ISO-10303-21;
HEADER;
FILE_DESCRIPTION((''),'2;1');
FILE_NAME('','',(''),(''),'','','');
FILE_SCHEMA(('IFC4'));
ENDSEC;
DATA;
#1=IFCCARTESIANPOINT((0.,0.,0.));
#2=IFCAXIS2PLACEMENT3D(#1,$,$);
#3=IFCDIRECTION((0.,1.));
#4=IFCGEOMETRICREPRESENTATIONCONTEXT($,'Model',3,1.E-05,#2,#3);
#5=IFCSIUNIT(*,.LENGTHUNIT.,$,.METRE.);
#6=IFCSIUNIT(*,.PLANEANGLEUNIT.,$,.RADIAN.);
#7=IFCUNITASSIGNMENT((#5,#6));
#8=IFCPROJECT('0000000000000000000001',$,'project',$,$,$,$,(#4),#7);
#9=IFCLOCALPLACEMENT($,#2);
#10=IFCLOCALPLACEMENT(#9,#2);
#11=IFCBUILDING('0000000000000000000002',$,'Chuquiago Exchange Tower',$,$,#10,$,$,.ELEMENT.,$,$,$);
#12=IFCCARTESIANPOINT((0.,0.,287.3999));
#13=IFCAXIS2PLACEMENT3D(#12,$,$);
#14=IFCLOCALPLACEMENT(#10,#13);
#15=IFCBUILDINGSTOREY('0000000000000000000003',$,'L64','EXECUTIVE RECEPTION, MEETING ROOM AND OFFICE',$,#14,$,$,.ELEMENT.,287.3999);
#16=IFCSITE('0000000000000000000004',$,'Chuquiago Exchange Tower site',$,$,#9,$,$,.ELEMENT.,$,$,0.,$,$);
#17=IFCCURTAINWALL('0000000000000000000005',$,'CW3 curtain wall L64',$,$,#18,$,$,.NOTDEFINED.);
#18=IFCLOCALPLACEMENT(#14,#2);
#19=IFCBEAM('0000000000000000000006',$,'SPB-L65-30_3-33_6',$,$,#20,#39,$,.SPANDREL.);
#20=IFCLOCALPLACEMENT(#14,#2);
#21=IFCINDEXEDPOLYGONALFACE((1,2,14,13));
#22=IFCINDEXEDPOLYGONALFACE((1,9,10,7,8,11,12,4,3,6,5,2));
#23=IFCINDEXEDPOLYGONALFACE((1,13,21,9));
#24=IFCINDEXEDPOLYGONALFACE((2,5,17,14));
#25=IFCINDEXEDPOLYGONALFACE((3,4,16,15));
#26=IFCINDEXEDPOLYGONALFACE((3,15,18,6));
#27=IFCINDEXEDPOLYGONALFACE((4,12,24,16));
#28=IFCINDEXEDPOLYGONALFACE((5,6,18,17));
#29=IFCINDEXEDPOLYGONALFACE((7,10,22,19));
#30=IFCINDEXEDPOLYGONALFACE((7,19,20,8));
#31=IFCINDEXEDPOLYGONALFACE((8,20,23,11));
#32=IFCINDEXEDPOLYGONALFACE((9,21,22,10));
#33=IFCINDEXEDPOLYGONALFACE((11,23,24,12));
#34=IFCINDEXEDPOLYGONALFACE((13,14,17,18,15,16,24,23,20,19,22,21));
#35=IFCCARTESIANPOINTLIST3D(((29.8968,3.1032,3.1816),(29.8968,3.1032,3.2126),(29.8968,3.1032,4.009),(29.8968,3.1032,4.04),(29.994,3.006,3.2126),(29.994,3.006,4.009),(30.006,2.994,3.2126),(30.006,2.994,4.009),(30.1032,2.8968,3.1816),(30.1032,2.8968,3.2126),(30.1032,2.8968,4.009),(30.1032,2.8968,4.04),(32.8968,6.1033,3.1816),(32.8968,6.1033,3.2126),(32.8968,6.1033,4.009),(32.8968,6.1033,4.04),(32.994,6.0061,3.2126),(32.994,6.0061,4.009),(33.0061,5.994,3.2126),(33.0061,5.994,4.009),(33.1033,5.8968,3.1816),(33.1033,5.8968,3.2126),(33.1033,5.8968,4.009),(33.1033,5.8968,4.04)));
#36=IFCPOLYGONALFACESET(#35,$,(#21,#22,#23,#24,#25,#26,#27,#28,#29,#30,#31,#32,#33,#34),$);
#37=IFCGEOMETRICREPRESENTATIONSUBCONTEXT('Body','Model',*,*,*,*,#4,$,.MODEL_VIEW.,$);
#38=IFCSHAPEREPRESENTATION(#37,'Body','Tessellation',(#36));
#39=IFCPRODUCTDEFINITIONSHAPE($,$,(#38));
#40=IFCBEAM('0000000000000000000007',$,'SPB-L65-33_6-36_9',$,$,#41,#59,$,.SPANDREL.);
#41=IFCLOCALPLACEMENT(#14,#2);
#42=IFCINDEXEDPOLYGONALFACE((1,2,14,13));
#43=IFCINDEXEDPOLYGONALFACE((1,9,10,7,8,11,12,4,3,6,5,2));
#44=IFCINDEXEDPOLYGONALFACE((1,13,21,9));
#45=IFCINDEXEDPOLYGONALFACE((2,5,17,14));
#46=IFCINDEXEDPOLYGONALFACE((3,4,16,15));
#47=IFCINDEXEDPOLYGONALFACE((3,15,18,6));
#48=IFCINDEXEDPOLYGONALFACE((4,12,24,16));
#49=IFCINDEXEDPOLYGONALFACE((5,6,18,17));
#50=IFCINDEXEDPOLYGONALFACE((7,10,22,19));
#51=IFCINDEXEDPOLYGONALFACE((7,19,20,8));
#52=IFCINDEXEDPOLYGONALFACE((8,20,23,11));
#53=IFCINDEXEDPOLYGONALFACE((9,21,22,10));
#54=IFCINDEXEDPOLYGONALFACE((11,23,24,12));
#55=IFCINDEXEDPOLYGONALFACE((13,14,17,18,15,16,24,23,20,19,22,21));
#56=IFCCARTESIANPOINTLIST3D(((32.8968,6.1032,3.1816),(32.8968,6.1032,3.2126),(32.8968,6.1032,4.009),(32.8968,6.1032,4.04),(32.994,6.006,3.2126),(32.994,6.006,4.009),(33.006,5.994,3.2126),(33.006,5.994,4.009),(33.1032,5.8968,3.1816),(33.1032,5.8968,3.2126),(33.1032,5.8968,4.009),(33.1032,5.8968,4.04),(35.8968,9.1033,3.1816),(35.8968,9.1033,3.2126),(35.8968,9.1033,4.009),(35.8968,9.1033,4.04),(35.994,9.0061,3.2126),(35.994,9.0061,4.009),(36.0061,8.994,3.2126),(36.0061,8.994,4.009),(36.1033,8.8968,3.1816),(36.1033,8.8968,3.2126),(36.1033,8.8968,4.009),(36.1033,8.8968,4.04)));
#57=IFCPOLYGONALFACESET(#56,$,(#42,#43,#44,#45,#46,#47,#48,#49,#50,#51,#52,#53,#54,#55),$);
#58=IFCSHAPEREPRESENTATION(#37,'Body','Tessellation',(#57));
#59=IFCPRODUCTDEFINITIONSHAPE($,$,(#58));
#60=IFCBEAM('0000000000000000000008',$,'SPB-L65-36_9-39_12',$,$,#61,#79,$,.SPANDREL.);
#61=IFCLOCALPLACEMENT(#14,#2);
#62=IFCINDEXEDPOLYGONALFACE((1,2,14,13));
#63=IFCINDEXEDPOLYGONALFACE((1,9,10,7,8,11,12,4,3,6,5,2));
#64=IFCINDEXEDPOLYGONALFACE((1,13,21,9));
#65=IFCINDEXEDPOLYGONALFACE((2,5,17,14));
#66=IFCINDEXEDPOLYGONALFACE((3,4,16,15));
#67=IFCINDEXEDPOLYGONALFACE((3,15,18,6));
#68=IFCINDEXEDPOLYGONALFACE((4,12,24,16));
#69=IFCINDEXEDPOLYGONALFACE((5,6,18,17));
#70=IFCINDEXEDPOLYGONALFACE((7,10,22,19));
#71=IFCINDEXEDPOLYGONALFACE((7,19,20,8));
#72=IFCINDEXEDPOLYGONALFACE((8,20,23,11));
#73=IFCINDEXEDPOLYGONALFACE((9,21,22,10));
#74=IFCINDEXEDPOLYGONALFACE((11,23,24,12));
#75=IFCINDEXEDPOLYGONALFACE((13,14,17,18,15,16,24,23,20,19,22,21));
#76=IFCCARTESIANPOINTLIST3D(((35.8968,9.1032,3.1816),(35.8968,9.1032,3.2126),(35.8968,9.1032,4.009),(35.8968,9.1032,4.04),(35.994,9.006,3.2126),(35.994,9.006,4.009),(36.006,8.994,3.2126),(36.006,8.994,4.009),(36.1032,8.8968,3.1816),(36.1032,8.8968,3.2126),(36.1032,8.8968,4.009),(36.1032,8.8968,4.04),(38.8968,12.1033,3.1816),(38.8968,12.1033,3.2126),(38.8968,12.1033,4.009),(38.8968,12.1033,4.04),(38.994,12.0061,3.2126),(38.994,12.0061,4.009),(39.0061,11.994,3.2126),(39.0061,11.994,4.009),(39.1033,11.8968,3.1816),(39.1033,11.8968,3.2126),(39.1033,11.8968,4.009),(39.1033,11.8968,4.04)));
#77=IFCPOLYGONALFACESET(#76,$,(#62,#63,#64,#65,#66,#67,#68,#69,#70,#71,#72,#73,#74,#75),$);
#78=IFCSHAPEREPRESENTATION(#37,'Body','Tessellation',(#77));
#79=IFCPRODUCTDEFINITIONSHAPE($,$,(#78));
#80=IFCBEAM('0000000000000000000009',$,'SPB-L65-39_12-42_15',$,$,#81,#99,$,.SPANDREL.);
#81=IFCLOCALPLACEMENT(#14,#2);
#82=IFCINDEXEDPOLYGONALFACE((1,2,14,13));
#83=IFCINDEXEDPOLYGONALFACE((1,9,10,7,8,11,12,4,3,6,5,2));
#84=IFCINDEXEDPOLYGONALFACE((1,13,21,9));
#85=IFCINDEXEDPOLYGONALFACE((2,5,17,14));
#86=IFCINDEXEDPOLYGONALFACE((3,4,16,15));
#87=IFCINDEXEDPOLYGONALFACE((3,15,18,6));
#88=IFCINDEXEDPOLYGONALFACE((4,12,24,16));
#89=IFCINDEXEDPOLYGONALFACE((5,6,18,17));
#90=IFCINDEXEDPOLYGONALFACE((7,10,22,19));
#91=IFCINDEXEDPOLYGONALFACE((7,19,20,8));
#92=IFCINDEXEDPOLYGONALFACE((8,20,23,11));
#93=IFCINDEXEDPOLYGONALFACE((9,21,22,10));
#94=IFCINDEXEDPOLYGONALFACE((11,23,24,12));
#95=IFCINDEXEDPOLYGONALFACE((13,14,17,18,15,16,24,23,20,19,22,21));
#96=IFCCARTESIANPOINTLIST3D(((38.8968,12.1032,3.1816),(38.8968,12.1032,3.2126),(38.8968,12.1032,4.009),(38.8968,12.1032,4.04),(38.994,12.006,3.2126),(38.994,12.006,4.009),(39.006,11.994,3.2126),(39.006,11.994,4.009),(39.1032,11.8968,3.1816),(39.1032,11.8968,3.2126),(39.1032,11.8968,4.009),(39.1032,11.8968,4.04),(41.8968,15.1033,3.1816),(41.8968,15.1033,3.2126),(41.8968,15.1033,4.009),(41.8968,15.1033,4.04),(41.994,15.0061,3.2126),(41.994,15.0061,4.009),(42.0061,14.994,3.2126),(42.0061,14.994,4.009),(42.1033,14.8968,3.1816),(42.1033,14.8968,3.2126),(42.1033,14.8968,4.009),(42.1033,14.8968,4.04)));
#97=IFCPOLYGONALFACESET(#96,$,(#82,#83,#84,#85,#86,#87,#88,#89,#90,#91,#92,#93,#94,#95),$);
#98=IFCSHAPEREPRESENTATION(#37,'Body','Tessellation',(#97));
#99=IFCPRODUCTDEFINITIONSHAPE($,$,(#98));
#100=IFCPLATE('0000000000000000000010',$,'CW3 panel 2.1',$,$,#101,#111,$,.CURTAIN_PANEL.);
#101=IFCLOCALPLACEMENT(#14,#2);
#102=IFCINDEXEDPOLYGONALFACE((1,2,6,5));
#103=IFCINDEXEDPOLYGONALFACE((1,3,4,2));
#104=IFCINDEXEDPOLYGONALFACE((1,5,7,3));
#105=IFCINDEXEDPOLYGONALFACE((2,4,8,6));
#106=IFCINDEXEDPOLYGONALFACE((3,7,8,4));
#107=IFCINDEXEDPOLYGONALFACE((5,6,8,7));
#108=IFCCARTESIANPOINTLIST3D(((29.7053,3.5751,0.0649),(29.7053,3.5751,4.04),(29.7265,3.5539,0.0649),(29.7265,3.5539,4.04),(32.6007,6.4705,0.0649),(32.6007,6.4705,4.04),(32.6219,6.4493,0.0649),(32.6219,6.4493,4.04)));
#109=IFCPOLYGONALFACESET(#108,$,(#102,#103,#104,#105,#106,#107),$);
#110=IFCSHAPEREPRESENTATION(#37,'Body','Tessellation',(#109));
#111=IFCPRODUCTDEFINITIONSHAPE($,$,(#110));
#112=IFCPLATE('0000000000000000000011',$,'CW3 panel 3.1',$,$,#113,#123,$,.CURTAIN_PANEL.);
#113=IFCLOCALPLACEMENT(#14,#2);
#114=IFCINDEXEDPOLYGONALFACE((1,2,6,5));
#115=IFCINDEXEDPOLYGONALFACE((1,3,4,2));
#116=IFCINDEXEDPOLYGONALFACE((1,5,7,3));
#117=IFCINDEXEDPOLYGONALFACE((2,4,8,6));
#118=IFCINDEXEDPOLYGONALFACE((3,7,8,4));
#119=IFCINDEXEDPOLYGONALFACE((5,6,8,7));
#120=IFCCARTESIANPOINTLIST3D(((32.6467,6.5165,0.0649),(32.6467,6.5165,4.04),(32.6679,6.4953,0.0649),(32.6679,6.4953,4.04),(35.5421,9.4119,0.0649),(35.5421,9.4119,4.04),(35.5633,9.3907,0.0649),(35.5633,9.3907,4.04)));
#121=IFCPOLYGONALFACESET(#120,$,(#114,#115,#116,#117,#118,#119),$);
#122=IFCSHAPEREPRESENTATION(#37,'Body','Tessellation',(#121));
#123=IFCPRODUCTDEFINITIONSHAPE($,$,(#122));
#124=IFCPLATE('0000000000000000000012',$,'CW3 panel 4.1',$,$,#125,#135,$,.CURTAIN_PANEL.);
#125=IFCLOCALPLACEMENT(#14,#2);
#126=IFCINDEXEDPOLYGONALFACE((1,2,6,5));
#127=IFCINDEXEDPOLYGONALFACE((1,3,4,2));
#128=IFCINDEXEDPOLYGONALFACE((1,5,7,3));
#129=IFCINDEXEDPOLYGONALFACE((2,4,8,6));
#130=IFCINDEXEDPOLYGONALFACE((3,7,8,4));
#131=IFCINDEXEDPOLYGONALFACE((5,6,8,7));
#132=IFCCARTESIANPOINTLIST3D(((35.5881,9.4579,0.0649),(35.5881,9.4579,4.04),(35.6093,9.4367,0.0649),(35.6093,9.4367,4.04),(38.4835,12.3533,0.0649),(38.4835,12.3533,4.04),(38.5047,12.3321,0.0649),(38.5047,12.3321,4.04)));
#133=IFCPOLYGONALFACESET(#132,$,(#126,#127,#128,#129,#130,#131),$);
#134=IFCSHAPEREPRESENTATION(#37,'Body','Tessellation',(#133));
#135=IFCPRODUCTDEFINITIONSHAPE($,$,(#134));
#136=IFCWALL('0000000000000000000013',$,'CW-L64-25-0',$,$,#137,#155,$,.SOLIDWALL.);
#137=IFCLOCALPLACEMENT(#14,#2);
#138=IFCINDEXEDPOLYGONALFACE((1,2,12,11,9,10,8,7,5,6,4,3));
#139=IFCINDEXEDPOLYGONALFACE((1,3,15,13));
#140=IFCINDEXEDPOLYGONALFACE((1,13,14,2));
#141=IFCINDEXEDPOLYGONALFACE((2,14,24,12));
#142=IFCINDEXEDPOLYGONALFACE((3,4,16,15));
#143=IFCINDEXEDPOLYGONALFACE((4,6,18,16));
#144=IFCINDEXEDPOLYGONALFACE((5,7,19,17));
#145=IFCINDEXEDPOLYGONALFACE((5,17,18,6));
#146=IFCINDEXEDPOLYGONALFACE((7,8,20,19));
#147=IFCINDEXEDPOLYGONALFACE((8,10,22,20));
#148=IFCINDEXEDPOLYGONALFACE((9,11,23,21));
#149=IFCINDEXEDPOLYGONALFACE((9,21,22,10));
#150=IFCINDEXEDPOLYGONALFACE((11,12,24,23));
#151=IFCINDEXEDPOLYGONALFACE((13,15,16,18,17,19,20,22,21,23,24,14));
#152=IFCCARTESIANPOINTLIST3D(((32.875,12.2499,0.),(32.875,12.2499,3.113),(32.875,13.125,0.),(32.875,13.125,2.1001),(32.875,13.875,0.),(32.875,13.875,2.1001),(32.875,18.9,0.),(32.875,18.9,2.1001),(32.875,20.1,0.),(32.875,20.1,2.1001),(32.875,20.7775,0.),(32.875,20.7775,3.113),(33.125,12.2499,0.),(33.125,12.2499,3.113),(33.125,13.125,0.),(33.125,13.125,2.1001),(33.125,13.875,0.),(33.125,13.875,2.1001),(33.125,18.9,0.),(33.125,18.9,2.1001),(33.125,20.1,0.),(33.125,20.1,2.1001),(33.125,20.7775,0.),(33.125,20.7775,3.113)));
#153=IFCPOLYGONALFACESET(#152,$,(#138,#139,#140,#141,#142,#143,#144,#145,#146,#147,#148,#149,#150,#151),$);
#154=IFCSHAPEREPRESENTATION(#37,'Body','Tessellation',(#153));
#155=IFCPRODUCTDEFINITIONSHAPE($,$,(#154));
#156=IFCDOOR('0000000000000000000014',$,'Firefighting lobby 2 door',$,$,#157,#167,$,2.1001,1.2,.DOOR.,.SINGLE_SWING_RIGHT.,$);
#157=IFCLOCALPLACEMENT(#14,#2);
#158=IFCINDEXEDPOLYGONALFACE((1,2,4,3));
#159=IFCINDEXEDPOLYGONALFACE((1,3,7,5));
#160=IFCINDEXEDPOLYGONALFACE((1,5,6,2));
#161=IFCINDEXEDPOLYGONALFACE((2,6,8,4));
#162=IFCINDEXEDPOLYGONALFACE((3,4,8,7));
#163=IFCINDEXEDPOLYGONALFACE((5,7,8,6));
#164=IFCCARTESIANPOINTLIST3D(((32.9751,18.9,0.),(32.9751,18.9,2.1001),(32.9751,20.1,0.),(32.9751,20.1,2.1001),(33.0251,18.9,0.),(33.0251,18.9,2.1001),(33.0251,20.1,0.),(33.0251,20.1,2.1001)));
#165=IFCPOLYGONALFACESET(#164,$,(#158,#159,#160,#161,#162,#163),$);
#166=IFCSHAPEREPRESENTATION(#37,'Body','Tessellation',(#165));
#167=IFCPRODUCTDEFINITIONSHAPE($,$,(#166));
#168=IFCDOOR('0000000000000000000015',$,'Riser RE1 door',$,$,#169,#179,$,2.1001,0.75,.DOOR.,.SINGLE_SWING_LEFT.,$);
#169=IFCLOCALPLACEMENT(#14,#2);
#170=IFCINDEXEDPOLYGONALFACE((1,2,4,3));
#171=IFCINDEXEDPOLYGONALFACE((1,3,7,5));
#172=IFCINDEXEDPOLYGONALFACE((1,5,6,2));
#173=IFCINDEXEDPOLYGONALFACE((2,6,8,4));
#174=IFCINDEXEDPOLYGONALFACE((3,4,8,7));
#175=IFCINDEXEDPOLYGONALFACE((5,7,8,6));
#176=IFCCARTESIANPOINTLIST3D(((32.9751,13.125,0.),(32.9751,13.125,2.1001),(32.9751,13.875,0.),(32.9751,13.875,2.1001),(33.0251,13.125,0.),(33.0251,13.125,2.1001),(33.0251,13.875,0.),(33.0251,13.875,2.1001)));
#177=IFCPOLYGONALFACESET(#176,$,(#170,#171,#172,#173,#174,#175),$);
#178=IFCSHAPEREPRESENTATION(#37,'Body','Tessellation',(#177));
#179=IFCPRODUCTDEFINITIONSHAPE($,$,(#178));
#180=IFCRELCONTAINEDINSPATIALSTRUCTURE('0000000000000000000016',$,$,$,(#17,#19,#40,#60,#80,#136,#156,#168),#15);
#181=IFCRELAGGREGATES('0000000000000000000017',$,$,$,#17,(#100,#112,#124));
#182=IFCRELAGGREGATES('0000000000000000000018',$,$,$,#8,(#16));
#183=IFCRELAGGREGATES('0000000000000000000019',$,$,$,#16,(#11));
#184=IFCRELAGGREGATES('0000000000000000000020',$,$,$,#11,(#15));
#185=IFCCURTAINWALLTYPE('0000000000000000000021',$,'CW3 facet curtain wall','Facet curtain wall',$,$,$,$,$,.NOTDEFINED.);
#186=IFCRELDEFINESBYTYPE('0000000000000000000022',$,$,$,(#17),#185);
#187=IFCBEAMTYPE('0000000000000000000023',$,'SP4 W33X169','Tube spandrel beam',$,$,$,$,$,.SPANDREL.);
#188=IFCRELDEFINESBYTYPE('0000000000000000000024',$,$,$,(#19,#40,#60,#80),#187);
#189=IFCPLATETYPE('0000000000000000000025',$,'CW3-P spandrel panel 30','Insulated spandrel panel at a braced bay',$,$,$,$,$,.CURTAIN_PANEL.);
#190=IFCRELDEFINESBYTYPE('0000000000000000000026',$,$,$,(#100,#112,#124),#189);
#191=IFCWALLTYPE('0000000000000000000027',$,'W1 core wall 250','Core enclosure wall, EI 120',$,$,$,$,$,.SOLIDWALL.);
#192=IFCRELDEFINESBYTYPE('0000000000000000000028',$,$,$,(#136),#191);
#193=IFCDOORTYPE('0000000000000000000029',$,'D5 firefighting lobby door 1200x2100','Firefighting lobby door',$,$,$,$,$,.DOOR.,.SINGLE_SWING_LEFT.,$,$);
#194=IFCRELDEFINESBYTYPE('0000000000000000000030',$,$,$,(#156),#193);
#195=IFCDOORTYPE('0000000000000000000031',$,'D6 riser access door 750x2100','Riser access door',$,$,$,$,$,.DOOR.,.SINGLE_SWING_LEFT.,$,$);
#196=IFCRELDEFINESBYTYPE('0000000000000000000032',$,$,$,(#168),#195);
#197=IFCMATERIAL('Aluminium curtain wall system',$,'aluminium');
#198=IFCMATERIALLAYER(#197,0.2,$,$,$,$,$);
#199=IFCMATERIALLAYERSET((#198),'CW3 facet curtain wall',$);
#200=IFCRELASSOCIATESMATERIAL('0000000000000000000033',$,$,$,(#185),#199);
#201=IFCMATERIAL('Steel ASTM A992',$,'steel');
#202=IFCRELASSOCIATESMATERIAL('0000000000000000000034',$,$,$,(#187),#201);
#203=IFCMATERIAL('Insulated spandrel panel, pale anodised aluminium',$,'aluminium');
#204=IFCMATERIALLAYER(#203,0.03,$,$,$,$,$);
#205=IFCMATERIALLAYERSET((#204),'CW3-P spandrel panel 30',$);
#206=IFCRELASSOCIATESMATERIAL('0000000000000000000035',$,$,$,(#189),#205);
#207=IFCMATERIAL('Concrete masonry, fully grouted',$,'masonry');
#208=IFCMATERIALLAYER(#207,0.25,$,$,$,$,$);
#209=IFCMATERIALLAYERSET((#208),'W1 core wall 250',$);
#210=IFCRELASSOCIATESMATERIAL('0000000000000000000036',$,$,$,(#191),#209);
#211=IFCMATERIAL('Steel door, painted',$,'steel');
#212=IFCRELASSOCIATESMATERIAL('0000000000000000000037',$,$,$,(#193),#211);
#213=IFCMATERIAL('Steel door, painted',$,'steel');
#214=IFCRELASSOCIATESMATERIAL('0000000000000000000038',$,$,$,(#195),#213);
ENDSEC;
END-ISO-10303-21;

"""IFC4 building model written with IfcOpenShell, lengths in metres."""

from ifc_helpers import new_model, si_unit, direction, frame, frame_2d, origin, origin_2d, place, context, subcontext, project, spatial, rectangle, i_section, extrude, material, layer, layer_set, material_profile, profile_set, type_object, element, fill, aggregate, save


model = new_model("IFC4")

# Units and contexts
model_context = context("Model", 3, precision=1e-05, world=origin(), true_north=direction((0.0, 1.0)))
body_context = subcontext(model_context, "Body", "Model", "MODEL_VIEW")
ifc_project = project(units=[si_unit("LENGTHUNIT", "METRE"), si_unit("PLANEANGLEUNIT", "RADIAN")], contexts=[model_context])

# Site, building, storey
site_placement = place(None, origin())
site = spatial("IfcSite", under=ifc_project, at=site_placement, Name="Chuquiago Exchange Tower site", CompositionType="ELEMENT", RefElevation=0.0)
building_placement = place(site_placement, origin())
building = spatial("IfcBuilding", under=site, at=building_placement, Name="Chuquiago Exchange Tower", CompositionType="ELEMENT")
storey_placement = place(building_placement, frame((0.0, 0.0, 287.3999)))
storey = spatial("IfcBuildingStorey", under=building, at=storey_placement, Name="L64", Description="EXECUTIVE RECEPTION, MEETING ROOM AND OFFICE", CompositionType="ELEMENT", Elevation=287.3999)

# Curtain wall
ifc_material_1 = material(Name="Aluminium curtain wall system", Category="aluminium")
ifc_layer_1 = layer(ifc_material_1, 0.2)
ifc_layer_set_1 = layer_set([ifc_layer_1], Name="CW3 facet curtain wall")
curtain_wall_type = type_object("IfcCurtainWallType", Name="CW3 facet curtain wall", Description="Facet curtain wall", PredefinedType="NOTDEFINED", material=ifc_layer_set_1)
curtain_wall_placement = place(storey_placement, origin())
curtain_wall = element("IfcCurtainWall", 1, at=curtain_wall_placement, inside=storey, type_object=curtain_wall_type, Name="CW3 curtain wall L64", PredefinedType="NOTDEFINED")

# Beams
ifc_material_2 = material(Name="Steel ASTM A992", Category="steel")
ifc_material_profile_1 = material_profile(ifc_material_2, i_section(OverallWidth=0.292, OverallDepth=0.8584, WebThickness=0.0171, FlangeThickness=0.031, at=origin_2d()), Name="W33X169")
ifc_profile_set_1 = profile_set([ifc_material_profile_1], Name="Steel ASTM A992")
beam_type_1 = type_object("IfcBeamType", Name="SP4 W33X169", Description="Tube spandrel beam", PredefinedType="SPANDREL", material=ifc_profile_set_1)
for number, where, z_axis, x_axis, name in (
    (2, (30.0, 3.0, 3.6108), (0.707107, 0.707107, 0.0), (-0.707107, 0.707107, 0.0), "SPB-L65-30_3-33_6"),
    (3, (33.0, 6.0, 3.6108), (0.707107, 0.707107, 0.0), (-0.707107, 0.707107, 0.0), "SPB-L65-33_6-36_9"),
    (4, (36.0, 9.0, 3.6108), (0.707107, 0.707107, 0.0), (-0.707107, 0.707107, 0.0), "SPB-L65-36_9-39_12"),
    (5, (39.0, 12.0, 3.6108), (0.707107, 0.707107, 0.0), (-0.707107, 0.707107, 0.0), "SPB-L65-39_12-42_15"),
):
    element("IfcBeam", number, at=place(storey_placement, frame(where, z_axis=z_axis, x_axis=x_axis)), inside=storey, type_object=beam_type_1, Name=name, PredefinedType="SPANDREL", context=body_context, shape_type="SweptSolid", body=[
        extrude(i_section(OverallWidth=0.292, OverallDepth=0.8584, WebThickness=0.0171, FlangeThickness=0.031, at=origin_2d()), origin(), (0.0, 0.0, 1.0), 4.2427),
    ])

# Plates
ifc_material_3 = material(Name="Insulated spandrel panel, pale anodised aluminium", Category="aluminium")
ifc_layer_2 = layer(ifc_material_3, 0.03)
ifc_layer_set_2 = layer_set([ifc_layer_2], Name="CW3-P spandrel panel 30")
plate_type = type_object("IfcPlateType", Name="CW3-P spandrel panel 30", Description="Insulated spandrel panel at a braced bay", PredefinedType="CURTAIN_PANEL", material=ifc_layer_set_2)
plate_1_placement = place(storey_placement, frame((31.1636, 5.0122, 0.0649), z_axis=(0.0, 0.0, 1.0), x_axis=(0.707107, 0.707107, 0.0)))
plate_1 = element("IfcPlate", 6, at=plate_1_placement, type_object=plate_type, Name="CW3 panel 2.1", PredefinedType="CURTAIN_PANEL", context=body_context, shape_type="SweptSolid", body=[
    extrude(rectangle(XDim=4.0947, YDim=0.03, at=origin_2d()), origin(), (0.0, 0.0, 1.0), 3.9751),
])
plate_2_placement = place(storey_placement, frame((34.105, 7.9536, 0.0649), z_axis=(0.0, 0.0, 1.0), x_axis=(0.707107, 0.707107, 0.0)))
plate_2 = element("IfcPlate", 7, at=plate_2_placement, type_object=plate_type, Name="CW3 panel 3.1", PredefinedType="CURTAIN_PANEL", context=body_context, shape_type="SweptSolid", body=[
    extrude(rectangle(XDim=4.0947, YDim=0.03, at=origin_2d()), origin(), (0.0, 0.0, 1.0), 3.9751),
])
plate_3_placement = place(storey_placement, frame((37.0464, 10.895, 0.0649), z_axis=(0.0, 0.0, 1.0), x_axis=(0.707107, 0.707107, 0.0)))
plate_3 = element("IfcPlate", 8, at=plate_3_placement, type_object=plate_type, Name="CW3 panel 4.1", PredefinedType="CURTAIN_PANEL", context=body_context, shape_type="SweptSolid", body=[
    extrude(rectangle(XDim=4.0947, YDim=0.03, at=origin_2d()), origin(), (0.0, 0.0, 1.0), 3.9751),
])
aggregate(curtain_wall, [plate_1, plate_2, plate_3])

# Wall, openings, doors
ifc_material_4 = material(Name="Concrete masonry, fully grouted", Category="masonry")
ifc_layer_3 = layer(ifc_material_4, 0.25)
ifc_layer_set_3 = layer_set([ifc_layer_3], Name="W1 core wall 250")
wall_type_1 = type_object("IfcWallType", Name="W1 core wall 250", Description="Core enclosure wall, EI 120", PredefinedType="SOLIDWALL", material=ifc_layer_set_3)
wall_1_placement = place(storey_placement, frame((33.0, 12.25, 0.0), z_axis=(0.0, 0.0, 1.0), x_axis=(0.0, 1.0, 0.0)))
wall_1 = element("IfcWall", 9, at=wall_1_placement, inside=storey, type_object=wall_type_1, Name="CW-L64-25-0", PredefinedType="SOLIDWALL", context=body_context, shape_type="SweptSolid", body=[
    extrude(rectangle(XDim=8.5276, YDim=0.25, at=frame_2d((4.2637, 0.0))), origin(), (0.0, 0.0, 1.0), 3.113),
])
opening_1_placement = place(wall_1_placement, frame((6.6499, 0.0, 0.0)))
opening_1 = element("IfcOpeningElement", 10, at=opening_1_placement, cuts=wall_1, PredefinedType="OPENING", context=body_context, shape_type="SweptSolid", body=[
    extrude(rectangle(XDim=1.2, YDim=2.1001, at=frame_2d((0.6001, 1.05))), frame((0.0, 0.135, 0.0), z_axis=(0.0, -1.0, 0.0), x_axis=(1.0, 0.0, 0.0)), (0.0, 0.0, 1.0), 0.27),
])
opening_2_placement = place(wall_1_placement, frame((0.875, 0.0, 0.0)))
opening_2 = element("IfcOpeningElement", 11, at=opening_2_placement, cuts=wall_1, PredefinedType="OPENING", context=body_context, shape_type="SweptSolid", body=[
    extrude(rectangle(XDim=0.75, YDim=2.1001, at=frame_2d((0.375, 1.05))), frame((0.0, 0.135, 0.0), z_axis=(0.0, -1.0, 0.0), x_axis=(1.0, 0.0, 0.0)), (0.0, 0.0, 1.0), 0.27),
])
ifc_material_5 = material(Name="Steel door, painted", Category="steel")
door_type_1 = type_object("IfcDoorType", Name="D5 firefighting lobby door 1200x2100", Description="Firefighting lobby door", OperationType="SINGLE_SWING_LEFT", PredefinedType="DOOR", material=ifc_material_5)
door_1_placement = place(opening_1_placement, origin())
door_1 = element("IfcDoor", 12, at=door_1_placement, inside=storey, type_object=door_type_1, Name="Firefighting lobby 2 door", OperationType="SINGLE_SWING_RIGHT", OverallHeight=2.1001, OverallWidth=1.2, PredefinedType="DOOR", context=body_context, shape_type="SweptSolid", body=[
    extrude(rectangle(XDim=1.2, YDim=2.1001, at=frame_2d((0.6001, 1.05))), frame((0.0, 0.0249, 0.0), z_axis=(0.0, -1.0, 0.0), x_axis=(1.0, 0.0, 0.0)), (0.0, 0.0, 1.0), 0.05),
])
fill(opening_1, door_1)
ifc_material_6 = material(Name="Steel door, painted", Category="steel")
door_type_2 = type_object("IfcDoorType", Name="D6 riser access door 750x2100", Description="Riser access door", OperationType="SINGLE_SWING_LEFT", PredefinedType="DOOR", material=ifc_material_6)
door_2_placement = place(opening_2_placement, origin())
door_2 = element("IfcDoor", 13, at=door_2_placement, inside=storey, type_object=door_type_2, Name="Riser RE1 door", OperationType="SINGLE_SWING_LEFT", OverallHeight=2.1001, OverallWidth=0.75, PredefinedType="DOOR", context=body_context, shape_type="SweptSolid", body=[
    extrude(rectangle(XDim=0.75, YDim=2.1001, at=frame_2d((0.375, 1.05))), frame((0.0, 0.0249, 0.0), z_axis=(0.0, -1.0, 0.0), x_axis=(1.0, 0.0, 0.0)), (0.0, 0.0, 1.0), 0.05),
])
fill(opening_2, door_2)

save(model, "model.ifc")
